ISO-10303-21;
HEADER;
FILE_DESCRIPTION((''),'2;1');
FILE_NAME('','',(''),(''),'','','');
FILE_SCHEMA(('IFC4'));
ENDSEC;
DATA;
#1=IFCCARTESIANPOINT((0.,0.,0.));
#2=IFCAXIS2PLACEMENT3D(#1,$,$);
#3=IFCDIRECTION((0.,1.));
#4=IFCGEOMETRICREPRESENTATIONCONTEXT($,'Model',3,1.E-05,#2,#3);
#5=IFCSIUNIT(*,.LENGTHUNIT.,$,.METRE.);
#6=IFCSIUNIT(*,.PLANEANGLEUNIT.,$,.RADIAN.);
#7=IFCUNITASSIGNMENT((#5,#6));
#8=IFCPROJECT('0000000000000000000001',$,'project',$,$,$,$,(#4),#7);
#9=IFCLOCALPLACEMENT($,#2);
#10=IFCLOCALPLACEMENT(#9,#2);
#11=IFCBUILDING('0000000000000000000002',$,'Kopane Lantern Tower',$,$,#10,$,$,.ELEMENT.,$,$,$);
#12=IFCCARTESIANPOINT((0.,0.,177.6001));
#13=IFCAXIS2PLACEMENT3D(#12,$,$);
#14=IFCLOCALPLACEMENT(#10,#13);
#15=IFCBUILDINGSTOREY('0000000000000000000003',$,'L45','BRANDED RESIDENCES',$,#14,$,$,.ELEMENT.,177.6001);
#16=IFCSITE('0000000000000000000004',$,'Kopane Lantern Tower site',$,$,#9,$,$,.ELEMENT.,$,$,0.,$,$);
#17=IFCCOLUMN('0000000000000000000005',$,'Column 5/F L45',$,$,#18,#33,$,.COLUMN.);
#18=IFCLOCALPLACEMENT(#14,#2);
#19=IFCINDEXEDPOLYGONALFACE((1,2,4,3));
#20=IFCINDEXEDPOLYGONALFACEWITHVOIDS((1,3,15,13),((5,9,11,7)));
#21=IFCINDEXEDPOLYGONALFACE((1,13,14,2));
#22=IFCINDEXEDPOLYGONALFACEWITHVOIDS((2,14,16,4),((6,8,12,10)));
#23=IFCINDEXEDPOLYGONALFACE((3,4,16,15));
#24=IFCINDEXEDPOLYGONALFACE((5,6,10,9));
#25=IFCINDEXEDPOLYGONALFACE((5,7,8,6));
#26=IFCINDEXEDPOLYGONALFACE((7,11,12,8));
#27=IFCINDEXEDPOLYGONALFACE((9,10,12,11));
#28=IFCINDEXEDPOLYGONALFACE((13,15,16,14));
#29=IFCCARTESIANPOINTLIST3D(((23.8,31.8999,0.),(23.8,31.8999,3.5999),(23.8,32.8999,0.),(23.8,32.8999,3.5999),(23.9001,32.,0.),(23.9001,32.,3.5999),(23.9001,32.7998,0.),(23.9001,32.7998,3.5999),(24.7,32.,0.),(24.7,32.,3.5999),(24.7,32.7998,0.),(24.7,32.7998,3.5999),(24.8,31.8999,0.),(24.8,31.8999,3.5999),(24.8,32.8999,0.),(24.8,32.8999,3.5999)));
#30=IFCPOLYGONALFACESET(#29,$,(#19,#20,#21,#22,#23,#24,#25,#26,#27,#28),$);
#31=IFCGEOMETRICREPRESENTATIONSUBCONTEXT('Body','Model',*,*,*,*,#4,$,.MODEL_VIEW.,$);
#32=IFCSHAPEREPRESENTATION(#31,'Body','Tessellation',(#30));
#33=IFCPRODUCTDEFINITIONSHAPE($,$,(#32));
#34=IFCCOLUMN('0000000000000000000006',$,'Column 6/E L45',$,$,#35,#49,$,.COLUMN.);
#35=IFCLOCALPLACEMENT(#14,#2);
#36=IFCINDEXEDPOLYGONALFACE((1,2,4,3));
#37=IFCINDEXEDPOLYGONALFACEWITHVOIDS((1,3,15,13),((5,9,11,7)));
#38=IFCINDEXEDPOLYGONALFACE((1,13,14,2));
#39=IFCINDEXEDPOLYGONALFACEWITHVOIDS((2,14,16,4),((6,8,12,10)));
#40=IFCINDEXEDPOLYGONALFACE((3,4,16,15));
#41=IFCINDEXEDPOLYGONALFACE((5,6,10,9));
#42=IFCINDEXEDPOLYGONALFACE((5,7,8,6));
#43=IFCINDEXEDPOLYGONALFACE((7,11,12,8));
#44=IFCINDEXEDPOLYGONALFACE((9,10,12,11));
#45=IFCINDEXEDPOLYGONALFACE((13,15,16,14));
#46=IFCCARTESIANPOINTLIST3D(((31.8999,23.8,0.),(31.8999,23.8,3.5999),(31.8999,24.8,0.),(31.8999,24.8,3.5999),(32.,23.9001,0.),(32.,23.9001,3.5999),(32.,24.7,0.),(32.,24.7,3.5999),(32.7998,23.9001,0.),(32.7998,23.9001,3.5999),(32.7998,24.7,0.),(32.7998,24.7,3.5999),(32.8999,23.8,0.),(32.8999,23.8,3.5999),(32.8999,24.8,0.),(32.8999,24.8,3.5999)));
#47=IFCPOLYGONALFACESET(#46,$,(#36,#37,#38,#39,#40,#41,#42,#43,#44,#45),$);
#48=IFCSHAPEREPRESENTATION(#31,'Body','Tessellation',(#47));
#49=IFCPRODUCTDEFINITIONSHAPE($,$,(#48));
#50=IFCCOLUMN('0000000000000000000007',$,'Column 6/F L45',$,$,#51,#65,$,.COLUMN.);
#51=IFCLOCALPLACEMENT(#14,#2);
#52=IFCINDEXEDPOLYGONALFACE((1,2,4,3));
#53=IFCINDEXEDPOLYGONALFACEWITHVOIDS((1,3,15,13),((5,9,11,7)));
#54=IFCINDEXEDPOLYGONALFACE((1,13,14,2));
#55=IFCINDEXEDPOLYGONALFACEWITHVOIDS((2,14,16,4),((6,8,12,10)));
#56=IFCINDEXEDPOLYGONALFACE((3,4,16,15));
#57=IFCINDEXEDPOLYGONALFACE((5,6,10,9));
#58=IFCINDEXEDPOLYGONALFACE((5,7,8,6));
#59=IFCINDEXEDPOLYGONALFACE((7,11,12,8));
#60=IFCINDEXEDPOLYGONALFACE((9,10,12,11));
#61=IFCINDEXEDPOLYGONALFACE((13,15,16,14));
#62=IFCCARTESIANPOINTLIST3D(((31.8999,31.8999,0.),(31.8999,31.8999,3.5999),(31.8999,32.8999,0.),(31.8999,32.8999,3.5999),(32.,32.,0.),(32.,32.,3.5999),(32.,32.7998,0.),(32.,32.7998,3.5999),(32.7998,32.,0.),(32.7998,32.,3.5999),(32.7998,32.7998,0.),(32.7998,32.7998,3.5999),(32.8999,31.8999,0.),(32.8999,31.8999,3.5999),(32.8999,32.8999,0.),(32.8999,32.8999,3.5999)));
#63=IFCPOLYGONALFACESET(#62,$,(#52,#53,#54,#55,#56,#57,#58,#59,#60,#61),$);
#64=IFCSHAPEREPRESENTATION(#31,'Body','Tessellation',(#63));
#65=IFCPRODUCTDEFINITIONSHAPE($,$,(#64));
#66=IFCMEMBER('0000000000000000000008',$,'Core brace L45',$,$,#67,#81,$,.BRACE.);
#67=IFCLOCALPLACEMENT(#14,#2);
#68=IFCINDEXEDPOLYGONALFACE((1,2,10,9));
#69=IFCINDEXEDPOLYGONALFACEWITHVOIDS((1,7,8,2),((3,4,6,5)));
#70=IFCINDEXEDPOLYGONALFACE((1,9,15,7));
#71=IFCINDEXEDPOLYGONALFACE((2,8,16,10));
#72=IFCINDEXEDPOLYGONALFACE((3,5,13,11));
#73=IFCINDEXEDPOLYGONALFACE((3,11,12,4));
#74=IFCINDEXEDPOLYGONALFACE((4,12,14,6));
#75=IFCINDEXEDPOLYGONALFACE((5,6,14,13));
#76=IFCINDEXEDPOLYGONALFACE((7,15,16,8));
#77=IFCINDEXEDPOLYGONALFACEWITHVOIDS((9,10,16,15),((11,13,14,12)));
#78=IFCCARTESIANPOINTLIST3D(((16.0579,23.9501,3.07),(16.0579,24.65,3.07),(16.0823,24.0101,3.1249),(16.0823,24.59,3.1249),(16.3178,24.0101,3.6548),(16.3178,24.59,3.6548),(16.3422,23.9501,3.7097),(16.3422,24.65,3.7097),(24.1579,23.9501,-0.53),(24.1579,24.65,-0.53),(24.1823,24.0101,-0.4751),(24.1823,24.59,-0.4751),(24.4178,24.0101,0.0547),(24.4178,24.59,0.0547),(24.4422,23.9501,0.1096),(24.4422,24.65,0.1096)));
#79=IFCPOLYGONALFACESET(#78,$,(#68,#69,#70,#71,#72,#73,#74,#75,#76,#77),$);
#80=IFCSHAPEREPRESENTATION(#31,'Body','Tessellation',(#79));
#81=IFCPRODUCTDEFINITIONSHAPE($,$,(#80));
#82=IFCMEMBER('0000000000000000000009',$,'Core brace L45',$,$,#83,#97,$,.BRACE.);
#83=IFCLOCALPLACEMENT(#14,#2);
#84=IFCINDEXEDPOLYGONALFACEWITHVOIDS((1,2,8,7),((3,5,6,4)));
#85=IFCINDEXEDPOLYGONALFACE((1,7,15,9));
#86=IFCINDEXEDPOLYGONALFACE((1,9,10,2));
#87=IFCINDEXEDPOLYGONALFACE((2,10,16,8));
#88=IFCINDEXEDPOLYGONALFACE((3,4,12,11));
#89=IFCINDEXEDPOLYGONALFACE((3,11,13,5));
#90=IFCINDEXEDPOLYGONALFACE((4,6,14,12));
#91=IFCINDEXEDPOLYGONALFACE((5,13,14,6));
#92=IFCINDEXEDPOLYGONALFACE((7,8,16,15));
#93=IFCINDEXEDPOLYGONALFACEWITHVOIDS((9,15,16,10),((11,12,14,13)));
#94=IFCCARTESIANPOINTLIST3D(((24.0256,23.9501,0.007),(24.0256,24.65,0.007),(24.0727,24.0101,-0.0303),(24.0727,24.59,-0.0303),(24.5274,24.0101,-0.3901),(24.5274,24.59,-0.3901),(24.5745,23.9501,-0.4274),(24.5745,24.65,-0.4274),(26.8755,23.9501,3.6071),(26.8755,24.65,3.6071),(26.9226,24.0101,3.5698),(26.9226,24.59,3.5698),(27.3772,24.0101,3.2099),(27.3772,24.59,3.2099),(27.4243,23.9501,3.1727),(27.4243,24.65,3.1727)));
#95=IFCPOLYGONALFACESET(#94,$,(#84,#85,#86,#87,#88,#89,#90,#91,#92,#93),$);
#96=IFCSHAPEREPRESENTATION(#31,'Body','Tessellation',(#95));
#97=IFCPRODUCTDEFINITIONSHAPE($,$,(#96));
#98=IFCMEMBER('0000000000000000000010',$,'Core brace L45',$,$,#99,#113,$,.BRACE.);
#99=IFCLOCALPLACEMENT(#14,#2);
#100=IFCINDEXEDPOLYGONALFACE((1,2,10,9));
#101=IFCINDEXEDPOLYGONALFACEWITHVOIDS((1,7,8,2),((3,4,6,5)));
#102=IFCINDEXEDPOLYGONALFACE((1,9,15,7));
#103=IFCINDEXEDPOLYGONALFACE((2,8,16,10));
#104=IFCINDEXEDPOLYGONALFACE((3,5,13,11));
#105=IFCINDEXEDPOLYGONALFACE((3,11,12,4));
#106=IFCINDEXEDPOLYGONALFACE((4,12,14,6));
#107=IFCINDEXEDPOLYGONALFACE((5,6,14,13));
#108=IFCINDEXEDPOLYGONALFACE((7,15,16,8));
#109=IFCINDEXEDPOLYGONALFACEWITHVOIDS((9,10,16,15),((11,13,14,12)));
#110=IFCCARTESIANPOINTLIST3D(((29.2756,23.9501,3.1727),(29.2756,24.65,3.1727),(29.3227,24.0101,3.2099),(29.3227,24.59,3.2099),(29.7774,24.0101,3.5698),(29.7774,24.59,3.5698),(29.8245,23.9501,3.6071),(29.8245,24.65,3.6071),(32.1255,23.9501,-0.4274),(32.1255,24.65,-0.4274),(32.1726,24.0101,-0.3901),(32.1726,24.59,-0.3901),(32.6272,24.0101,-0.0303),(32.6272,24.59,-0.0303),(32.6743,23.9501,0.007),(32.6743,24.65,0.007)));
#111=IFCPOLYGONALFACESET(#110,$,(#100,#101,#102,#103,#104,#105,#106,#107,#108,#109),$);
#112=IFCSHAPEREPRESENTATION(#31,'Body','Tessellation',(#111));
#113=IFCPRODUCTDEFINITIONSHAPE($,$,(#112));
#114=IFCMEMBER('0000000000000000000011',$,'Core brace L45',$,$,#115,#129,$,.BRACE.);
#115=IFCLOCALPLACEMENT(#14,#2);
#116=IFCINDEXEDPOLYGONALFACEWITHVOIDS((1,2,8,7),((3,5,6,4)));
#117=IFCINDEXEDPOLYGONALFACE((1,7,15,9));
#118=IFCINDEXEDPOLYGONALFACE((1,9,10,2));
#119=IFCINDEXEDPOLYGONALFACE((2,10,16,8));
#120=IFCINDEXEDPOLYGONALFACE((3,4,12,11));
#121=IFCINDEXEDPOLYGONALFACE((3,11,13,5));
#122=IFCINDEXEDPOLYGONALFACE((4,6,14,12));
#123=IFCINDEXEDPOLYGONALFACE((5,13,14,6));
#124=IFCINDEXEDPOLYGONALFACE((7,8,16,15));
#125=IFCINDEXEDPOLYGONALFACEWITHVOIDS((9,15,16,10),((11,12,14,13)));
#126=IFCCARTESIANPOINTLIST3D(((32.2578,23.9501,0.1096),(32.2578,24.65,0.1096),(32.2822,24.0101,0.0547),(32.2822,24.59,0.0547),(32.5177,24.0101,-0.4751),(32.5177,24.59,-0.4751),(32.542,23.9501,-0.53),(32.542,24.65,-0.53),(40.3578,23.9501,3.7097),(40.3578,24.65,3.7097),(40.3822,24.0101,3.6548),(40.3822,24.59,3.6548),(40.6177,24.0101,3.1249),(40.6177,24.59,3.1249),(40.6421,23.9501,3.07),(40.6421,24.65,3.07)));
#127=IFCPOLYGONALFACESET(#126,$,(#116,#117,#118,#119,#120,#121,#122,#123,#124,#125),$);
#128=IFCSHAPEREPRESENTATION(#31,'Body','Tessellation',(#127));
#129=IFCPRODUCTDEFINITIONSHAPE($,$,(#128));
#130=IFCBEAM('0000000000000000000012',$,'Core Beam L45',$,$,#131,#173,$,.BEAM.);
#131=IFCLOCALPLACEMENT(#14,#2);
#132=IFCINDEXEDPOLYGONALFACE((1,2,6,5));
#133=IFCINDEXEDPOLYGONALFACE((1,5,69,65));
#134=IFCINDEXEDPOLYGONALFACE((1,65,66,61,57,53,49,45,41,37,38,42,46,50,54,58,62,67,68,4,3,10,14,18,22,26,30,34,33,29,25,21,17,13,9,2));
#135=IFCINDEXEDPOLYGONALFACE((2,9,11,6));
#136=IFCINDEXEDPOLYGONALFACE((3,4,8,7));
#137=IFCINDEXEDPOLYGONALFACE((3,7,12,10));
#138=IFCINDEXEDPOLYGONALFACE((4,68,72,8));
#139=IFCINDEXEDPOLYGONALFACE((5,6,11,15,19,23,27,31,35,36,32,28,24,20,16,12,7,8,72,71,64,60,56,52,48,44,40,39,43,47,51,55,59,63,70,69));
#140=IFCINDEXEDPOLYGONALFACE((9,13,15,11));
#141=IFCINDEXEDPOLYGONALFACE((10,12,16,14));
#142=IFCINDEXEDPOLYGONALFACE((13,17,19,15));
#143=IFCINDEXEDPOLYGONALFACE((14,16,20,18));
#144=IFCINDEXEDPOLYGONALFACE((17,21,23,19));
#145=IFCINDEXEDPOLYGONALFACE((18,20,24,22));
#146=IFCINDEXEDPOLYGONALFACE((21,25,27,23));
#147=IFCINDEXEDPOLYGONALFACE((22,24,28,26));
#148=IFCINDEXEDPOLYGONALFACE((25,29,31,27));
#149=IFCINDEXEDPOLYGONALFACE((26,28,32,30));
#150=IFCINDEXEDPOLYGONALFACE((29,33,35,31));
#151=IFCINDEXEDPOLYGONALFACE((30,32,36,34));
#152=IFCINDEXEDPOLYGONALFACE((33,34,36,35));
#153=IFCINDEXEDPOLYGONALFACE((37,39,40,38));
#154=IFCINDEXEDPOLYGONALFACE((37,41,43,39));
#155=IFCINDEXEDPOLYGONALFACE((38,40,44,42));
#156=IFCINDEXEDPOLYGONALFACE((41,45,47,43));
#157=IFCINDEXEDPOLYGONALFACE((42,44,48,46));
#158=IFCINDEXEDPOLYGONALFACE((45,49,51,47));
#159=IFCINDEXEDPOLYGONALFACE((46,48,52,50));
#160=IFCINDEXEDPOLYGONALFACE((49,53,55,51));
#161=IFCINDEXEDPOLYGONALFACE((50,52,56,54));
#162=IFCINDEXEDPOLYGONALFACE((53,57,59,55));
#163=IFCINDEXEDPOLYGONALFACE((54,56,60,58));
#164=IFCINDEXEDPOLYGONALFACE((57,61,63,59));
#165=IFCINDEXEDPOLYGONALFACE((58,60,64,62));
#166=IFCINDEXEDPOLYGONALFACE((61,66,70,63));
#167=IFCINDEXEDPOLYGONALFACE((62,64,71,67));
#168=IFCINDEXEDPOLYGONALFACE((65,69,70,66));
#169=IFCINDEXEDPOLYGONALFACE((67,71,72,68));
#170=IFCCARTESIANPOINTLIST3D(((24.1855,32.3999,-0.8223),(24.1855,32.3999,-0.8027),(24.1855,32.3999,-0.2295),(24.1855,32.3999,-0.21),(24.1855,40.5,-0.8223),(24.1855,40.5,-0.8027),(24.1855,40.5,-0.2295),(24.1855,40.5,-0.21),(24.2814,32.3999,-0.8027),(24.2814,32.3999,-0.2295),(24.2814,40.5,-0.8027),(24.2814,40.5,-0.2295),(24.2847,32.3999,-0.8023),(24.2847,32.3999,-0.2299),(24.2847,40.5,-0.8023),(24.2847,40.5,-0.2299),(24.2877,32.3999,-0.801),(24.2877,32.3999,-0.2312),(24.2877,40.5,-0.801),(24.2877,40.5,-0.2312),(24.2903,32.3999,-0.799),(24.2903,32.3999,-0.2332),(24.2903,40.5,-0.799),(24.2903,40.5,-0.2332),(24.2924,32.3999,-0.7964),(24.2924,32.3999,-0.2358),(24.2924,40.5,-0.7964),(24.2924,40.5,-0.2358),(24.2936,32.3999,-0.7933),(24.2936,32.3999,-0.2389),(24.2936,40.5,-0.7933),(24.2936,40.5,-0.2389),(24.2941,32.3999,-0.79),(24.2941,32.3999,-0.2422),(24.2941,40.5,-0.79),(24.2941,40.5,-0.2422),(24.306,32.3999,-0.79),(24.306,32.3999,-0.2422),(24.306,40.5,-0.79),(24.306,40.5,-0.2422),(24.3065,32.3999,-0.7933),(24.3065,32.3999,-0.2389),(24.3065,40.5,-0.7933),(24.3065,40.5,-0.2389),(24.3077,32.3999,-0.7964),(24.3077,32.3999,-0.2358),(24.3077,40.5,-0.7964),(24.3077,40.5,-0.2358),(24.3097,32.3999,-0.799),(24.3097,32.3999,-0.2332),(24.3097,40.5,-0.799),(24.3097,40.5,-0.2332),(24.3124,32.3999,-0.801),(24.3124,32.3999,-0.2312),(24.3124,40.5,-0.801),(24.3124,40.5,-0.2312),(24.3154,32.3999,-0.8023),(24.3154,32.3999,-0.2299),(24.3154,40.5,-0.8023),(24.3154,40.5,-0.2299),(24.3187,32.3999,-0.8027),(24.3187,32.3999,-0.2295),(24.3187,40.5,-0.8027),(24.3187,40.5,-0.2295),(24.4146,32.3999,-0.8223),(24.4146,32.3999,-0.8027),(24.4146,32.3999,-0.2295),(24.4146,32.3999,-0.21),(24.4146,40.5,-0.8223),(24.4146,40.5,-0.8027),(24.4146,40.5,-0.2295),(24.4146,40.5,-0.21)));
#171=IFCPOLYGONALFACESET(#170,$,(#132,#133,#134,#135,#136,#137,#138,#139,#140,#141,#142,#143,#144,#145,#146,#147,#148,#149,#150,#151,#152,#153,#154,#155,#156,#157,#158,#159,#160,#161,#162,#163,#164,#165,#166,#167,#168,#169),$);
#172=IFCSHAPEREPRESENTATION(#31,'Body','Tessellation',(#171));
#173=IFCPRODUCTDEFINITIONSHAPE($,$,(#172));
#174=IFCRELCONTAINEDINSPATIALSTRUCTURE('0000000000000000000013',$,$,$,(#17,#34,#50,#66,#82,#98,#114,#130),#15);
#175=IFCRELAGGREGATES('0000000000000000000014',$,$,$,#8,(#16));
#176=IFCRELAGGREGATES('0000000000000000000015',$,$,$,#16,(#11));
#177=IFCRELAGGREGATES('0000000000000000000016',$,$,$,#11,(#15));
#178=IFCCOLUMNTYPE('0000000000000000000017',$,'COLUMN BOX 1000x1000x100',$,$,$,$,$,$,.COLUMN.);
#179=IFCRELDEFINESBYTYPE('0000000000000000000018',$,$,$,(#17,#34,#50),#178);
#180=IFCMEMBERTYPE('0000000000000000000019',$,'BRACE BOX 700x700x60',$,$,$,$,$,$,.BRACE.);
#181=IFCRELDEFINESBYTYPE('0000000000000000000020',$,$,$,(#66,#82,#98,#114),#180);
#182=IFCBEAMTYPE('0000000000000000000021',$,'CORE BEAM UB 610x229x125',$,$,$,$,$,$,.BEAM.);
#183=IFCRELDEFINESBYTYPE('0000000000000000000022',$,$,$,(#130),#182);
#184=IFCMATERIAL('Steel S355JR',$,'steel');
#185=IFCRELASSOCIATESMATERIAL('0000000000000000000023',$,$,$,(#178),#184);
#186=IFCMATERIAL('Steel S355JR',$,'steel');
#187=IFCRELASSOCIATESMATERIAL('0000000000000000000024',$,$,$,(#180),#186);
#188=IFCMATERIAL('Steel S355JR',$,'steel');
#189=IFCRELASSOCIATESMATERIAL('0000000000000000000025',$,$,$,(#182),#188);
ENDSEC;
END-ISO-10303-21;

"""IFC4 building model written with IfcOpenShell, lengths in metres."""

from ifc_helpers import new_model, si_unit, direction, frame, origin, origin_2d, place, context, subcontext, project, spatial, hollow_rectangle, i_section, extrude, material, material_profile, profile_set, type_object, element, save


model = new_model("IFC4")

# Units and contexts
model_context = context("Model", 3, precision=1e-05, world=origin(), true_north=direction((0.0, 1.0)))
body_context = subcontext(model_context, "Body", "Model", "MODEL_VIEW")
ifc_project = project(units=[si_unit("LENGTHUNIT", "METRE"), si_unit("PLANEANGLEUNIT", "RADIAN")], contexts=[model_context])

# Site, building, storey
site_placement = place(None, origin())
site = spatial("IfcSite", under=ifc_project, at=site_placement, Name="Kopane Lantern Tower site", CompositionType="ELEMENT", RefElevation=0.0)
building_placement = place(site_placement, origin())
building = spatial("IfcBuilding", under=site, at=building_placement, Name="Kopane Lantern Tower", CompositionType="ELEMENT")
storey_placement = place(building_placement, frame((0.0, 0.0, 177.6001)))
storey = spatial("IfcBuildingStorey", under=building, at=storey_placement, Name="L45", Description="BRANDED RESIDENCES", CompositionType="ELEMENT", Elevation=177.6001)

# Columns
ifc_material_1 = material(Name="Steel S355JR", Category="steel")
ifc_material_profile_1 = material_profile(ifc_material_1, hollow_rectangle(XDim=1.0, YDim=1.0, WallThickness=0.1001, at=origin_2d()), Name="BOX 1000x1000x100")
ifc_profile_set_1 = profile_set([ifc_material_profile_1], Name="Steel S355JR")
column_type = type_object("IfcColumnType", Name="COLUMN BOX 1000x1000x100", PredefinedType="COLUMN", material=ifc_profile_set_1)
for number, where, z_axis, x_axis, name in (
    (1, (24.3, 32.3999, 0.0), (0.0, 0.0, 1.0), (1.0, 0.0, 0.0), "Column 5/F L45"),
    (2, (32.3999, 24.3, 0.0), (0.0, 0.0, 1.0), (1.0, 0.0, 0.0), "Column 6/E L45"),
    (3, (32.3999, 32.3999, 0.0), (0.0, 0.0, 1.0), (1.0, 0.0, 0.0), "Column 6/F L45"),
):
    element("IfcColumn", number, at=place(storey_placement, frame(where, z_axis=z_axis, x_axis=x_axis)), inside=storey, type_object=column_type, Name=name, PredefinedType="COLUMN", context=body_context, shape_type="SweptSolid", body=[
        extrude(hollow_rectangle(XDim=1.0, YDim=1.0, WallThickness=0.1001, at=origin_2d()), origin(), (0.0, 0.0, 1.0), 3.5999),
    ])

# Members
ifc_material_2 = material(Name="Steel S355JR", Category="steel")
ifc_material_profile_2 = material_profile(ifc_material_2, hollow_rectangle(XDim=0.7, YDim=0.7, WallThickness=0.0601, at=origin_2d()), Name="BOX 700x700x60")
ifc_profile_set_2 = profile_set([ifc_material_profile_2], Name="Steel S355JR")
member_type = type_object("IfcMemberType", Name="BRACE BOX 700x700x60", PredefinedType="BRACE", material=ifc_profile_set_2)
member_1_placement = place(storey_placement, frame((24.3, 24.3, -0.2102), z_axis=(-0.913809, 0.0, 0.406144), x_axis=(0.0, -1.0, 0.0)))
element("IfcMember", 4, at=member_1_placement, inside=storey, type_object=member_type, Name="Core brace L45", PredefinedType="BRACE", context=body_context, shape_type="SweptSolid", body=[
    extrude(hollow_rectangle(XDim=0.7, YDim=0.7, WallThickness=0.0601, at=origin_2d()), origin(), (0.0, 0.0, 1.0), 8.864),
])
for number, where, z_axis, x_axis, name in (
    (5, (24.3, 24.3, -0.2102), (0.620673, 0.0, 0.78407), (0.0, 1.0, 0.0), "Core brace L45"),
    (6, (32.3999, 24.3, -0.2102), (-0.620673, 0.0, 0.78407), (0.0, -1.0, 0.0), "Core brace L45"),
):
    element("IfcMember", number, at=place(storey_placement, frame(where, z_axis=z_axis, x_axis=x_axis)), inside=storey, type_object=member_type, Name=name, PredefinedType="BRACE", context=body_context, shape_type="SweptSolid", body=[
        extrude(hollow_rectangle(XDim=0.7, YDim=0.7, WallThickness=0.0601, at=origin_2d()), origin(), (0.0, 0.0, 1.0), 4.5916),
    ])
member_2_placement = place(storey_placement, frame((32.3999, 24.3, -0.2102), z_axis=(0.913809, 0.0, 0.406144), x_axis=(0.0, 1.0, 0.0)))
element("IfcMember", 7, at=member_2_placement, inside=storey, type_object=member_type, Name="Core brace L45", PredefinedType="BRACE", context=body_context, shape_type="SweptSolid", body=[
    extrude(hollow_rectangle(XDim=0.7, YDim=0.7, WallThickness=0.0601, at=origin_2d()), origin(), (0.0, 0.0, 1.0), 8.864),
])

# Beam
ifc_material_3 = material(Name="Steel S355JR", Category="steel")
ifc_material_profile_3 = material_profile(ifc_material_3, i_section(OverallWidth=0.229, OverallDepth=0.6123, WebThickness=0.012, FlangeThickness=0.0195, FilletRadius=0.0127, at=origin_2d()), Name="UB 610x229x125")
ifc_profile_set_3 = profile_set([ifc_material_profile_3], Name="Steel S355JR")
beam_type_1 = type_object("IfcBeamType", Name="CORE BEAM UB 610x229x125", PredefinedType="BEAM", material=ifc_profile_set_3)
beam_1_placement = place(storey_placement, frame((24.3, 32.3999, -0.5161), z_axis=(0.0, 1.0, 0.0), x_axis=(-1.0, 0.0, 0.0)))
element("IfcBeam", 8, at=beam_1_placement, inside=storey, type_object=beam_type_1, Name="Core Beam L45", PredefinedType="BEAM", context=body_context, shape_type="SweptSolid", body=[
    extrude(i_section(OverallWidth=0.229, OverallDepth=0.6123, WebThickness=0.012, FlangeThickness=0.0195, FilletRadius=0.0127, at=origin_2d()), origin(), (0.0, 0.0, 1.0), 8.1001),
])

save(model, "model.ifc")
